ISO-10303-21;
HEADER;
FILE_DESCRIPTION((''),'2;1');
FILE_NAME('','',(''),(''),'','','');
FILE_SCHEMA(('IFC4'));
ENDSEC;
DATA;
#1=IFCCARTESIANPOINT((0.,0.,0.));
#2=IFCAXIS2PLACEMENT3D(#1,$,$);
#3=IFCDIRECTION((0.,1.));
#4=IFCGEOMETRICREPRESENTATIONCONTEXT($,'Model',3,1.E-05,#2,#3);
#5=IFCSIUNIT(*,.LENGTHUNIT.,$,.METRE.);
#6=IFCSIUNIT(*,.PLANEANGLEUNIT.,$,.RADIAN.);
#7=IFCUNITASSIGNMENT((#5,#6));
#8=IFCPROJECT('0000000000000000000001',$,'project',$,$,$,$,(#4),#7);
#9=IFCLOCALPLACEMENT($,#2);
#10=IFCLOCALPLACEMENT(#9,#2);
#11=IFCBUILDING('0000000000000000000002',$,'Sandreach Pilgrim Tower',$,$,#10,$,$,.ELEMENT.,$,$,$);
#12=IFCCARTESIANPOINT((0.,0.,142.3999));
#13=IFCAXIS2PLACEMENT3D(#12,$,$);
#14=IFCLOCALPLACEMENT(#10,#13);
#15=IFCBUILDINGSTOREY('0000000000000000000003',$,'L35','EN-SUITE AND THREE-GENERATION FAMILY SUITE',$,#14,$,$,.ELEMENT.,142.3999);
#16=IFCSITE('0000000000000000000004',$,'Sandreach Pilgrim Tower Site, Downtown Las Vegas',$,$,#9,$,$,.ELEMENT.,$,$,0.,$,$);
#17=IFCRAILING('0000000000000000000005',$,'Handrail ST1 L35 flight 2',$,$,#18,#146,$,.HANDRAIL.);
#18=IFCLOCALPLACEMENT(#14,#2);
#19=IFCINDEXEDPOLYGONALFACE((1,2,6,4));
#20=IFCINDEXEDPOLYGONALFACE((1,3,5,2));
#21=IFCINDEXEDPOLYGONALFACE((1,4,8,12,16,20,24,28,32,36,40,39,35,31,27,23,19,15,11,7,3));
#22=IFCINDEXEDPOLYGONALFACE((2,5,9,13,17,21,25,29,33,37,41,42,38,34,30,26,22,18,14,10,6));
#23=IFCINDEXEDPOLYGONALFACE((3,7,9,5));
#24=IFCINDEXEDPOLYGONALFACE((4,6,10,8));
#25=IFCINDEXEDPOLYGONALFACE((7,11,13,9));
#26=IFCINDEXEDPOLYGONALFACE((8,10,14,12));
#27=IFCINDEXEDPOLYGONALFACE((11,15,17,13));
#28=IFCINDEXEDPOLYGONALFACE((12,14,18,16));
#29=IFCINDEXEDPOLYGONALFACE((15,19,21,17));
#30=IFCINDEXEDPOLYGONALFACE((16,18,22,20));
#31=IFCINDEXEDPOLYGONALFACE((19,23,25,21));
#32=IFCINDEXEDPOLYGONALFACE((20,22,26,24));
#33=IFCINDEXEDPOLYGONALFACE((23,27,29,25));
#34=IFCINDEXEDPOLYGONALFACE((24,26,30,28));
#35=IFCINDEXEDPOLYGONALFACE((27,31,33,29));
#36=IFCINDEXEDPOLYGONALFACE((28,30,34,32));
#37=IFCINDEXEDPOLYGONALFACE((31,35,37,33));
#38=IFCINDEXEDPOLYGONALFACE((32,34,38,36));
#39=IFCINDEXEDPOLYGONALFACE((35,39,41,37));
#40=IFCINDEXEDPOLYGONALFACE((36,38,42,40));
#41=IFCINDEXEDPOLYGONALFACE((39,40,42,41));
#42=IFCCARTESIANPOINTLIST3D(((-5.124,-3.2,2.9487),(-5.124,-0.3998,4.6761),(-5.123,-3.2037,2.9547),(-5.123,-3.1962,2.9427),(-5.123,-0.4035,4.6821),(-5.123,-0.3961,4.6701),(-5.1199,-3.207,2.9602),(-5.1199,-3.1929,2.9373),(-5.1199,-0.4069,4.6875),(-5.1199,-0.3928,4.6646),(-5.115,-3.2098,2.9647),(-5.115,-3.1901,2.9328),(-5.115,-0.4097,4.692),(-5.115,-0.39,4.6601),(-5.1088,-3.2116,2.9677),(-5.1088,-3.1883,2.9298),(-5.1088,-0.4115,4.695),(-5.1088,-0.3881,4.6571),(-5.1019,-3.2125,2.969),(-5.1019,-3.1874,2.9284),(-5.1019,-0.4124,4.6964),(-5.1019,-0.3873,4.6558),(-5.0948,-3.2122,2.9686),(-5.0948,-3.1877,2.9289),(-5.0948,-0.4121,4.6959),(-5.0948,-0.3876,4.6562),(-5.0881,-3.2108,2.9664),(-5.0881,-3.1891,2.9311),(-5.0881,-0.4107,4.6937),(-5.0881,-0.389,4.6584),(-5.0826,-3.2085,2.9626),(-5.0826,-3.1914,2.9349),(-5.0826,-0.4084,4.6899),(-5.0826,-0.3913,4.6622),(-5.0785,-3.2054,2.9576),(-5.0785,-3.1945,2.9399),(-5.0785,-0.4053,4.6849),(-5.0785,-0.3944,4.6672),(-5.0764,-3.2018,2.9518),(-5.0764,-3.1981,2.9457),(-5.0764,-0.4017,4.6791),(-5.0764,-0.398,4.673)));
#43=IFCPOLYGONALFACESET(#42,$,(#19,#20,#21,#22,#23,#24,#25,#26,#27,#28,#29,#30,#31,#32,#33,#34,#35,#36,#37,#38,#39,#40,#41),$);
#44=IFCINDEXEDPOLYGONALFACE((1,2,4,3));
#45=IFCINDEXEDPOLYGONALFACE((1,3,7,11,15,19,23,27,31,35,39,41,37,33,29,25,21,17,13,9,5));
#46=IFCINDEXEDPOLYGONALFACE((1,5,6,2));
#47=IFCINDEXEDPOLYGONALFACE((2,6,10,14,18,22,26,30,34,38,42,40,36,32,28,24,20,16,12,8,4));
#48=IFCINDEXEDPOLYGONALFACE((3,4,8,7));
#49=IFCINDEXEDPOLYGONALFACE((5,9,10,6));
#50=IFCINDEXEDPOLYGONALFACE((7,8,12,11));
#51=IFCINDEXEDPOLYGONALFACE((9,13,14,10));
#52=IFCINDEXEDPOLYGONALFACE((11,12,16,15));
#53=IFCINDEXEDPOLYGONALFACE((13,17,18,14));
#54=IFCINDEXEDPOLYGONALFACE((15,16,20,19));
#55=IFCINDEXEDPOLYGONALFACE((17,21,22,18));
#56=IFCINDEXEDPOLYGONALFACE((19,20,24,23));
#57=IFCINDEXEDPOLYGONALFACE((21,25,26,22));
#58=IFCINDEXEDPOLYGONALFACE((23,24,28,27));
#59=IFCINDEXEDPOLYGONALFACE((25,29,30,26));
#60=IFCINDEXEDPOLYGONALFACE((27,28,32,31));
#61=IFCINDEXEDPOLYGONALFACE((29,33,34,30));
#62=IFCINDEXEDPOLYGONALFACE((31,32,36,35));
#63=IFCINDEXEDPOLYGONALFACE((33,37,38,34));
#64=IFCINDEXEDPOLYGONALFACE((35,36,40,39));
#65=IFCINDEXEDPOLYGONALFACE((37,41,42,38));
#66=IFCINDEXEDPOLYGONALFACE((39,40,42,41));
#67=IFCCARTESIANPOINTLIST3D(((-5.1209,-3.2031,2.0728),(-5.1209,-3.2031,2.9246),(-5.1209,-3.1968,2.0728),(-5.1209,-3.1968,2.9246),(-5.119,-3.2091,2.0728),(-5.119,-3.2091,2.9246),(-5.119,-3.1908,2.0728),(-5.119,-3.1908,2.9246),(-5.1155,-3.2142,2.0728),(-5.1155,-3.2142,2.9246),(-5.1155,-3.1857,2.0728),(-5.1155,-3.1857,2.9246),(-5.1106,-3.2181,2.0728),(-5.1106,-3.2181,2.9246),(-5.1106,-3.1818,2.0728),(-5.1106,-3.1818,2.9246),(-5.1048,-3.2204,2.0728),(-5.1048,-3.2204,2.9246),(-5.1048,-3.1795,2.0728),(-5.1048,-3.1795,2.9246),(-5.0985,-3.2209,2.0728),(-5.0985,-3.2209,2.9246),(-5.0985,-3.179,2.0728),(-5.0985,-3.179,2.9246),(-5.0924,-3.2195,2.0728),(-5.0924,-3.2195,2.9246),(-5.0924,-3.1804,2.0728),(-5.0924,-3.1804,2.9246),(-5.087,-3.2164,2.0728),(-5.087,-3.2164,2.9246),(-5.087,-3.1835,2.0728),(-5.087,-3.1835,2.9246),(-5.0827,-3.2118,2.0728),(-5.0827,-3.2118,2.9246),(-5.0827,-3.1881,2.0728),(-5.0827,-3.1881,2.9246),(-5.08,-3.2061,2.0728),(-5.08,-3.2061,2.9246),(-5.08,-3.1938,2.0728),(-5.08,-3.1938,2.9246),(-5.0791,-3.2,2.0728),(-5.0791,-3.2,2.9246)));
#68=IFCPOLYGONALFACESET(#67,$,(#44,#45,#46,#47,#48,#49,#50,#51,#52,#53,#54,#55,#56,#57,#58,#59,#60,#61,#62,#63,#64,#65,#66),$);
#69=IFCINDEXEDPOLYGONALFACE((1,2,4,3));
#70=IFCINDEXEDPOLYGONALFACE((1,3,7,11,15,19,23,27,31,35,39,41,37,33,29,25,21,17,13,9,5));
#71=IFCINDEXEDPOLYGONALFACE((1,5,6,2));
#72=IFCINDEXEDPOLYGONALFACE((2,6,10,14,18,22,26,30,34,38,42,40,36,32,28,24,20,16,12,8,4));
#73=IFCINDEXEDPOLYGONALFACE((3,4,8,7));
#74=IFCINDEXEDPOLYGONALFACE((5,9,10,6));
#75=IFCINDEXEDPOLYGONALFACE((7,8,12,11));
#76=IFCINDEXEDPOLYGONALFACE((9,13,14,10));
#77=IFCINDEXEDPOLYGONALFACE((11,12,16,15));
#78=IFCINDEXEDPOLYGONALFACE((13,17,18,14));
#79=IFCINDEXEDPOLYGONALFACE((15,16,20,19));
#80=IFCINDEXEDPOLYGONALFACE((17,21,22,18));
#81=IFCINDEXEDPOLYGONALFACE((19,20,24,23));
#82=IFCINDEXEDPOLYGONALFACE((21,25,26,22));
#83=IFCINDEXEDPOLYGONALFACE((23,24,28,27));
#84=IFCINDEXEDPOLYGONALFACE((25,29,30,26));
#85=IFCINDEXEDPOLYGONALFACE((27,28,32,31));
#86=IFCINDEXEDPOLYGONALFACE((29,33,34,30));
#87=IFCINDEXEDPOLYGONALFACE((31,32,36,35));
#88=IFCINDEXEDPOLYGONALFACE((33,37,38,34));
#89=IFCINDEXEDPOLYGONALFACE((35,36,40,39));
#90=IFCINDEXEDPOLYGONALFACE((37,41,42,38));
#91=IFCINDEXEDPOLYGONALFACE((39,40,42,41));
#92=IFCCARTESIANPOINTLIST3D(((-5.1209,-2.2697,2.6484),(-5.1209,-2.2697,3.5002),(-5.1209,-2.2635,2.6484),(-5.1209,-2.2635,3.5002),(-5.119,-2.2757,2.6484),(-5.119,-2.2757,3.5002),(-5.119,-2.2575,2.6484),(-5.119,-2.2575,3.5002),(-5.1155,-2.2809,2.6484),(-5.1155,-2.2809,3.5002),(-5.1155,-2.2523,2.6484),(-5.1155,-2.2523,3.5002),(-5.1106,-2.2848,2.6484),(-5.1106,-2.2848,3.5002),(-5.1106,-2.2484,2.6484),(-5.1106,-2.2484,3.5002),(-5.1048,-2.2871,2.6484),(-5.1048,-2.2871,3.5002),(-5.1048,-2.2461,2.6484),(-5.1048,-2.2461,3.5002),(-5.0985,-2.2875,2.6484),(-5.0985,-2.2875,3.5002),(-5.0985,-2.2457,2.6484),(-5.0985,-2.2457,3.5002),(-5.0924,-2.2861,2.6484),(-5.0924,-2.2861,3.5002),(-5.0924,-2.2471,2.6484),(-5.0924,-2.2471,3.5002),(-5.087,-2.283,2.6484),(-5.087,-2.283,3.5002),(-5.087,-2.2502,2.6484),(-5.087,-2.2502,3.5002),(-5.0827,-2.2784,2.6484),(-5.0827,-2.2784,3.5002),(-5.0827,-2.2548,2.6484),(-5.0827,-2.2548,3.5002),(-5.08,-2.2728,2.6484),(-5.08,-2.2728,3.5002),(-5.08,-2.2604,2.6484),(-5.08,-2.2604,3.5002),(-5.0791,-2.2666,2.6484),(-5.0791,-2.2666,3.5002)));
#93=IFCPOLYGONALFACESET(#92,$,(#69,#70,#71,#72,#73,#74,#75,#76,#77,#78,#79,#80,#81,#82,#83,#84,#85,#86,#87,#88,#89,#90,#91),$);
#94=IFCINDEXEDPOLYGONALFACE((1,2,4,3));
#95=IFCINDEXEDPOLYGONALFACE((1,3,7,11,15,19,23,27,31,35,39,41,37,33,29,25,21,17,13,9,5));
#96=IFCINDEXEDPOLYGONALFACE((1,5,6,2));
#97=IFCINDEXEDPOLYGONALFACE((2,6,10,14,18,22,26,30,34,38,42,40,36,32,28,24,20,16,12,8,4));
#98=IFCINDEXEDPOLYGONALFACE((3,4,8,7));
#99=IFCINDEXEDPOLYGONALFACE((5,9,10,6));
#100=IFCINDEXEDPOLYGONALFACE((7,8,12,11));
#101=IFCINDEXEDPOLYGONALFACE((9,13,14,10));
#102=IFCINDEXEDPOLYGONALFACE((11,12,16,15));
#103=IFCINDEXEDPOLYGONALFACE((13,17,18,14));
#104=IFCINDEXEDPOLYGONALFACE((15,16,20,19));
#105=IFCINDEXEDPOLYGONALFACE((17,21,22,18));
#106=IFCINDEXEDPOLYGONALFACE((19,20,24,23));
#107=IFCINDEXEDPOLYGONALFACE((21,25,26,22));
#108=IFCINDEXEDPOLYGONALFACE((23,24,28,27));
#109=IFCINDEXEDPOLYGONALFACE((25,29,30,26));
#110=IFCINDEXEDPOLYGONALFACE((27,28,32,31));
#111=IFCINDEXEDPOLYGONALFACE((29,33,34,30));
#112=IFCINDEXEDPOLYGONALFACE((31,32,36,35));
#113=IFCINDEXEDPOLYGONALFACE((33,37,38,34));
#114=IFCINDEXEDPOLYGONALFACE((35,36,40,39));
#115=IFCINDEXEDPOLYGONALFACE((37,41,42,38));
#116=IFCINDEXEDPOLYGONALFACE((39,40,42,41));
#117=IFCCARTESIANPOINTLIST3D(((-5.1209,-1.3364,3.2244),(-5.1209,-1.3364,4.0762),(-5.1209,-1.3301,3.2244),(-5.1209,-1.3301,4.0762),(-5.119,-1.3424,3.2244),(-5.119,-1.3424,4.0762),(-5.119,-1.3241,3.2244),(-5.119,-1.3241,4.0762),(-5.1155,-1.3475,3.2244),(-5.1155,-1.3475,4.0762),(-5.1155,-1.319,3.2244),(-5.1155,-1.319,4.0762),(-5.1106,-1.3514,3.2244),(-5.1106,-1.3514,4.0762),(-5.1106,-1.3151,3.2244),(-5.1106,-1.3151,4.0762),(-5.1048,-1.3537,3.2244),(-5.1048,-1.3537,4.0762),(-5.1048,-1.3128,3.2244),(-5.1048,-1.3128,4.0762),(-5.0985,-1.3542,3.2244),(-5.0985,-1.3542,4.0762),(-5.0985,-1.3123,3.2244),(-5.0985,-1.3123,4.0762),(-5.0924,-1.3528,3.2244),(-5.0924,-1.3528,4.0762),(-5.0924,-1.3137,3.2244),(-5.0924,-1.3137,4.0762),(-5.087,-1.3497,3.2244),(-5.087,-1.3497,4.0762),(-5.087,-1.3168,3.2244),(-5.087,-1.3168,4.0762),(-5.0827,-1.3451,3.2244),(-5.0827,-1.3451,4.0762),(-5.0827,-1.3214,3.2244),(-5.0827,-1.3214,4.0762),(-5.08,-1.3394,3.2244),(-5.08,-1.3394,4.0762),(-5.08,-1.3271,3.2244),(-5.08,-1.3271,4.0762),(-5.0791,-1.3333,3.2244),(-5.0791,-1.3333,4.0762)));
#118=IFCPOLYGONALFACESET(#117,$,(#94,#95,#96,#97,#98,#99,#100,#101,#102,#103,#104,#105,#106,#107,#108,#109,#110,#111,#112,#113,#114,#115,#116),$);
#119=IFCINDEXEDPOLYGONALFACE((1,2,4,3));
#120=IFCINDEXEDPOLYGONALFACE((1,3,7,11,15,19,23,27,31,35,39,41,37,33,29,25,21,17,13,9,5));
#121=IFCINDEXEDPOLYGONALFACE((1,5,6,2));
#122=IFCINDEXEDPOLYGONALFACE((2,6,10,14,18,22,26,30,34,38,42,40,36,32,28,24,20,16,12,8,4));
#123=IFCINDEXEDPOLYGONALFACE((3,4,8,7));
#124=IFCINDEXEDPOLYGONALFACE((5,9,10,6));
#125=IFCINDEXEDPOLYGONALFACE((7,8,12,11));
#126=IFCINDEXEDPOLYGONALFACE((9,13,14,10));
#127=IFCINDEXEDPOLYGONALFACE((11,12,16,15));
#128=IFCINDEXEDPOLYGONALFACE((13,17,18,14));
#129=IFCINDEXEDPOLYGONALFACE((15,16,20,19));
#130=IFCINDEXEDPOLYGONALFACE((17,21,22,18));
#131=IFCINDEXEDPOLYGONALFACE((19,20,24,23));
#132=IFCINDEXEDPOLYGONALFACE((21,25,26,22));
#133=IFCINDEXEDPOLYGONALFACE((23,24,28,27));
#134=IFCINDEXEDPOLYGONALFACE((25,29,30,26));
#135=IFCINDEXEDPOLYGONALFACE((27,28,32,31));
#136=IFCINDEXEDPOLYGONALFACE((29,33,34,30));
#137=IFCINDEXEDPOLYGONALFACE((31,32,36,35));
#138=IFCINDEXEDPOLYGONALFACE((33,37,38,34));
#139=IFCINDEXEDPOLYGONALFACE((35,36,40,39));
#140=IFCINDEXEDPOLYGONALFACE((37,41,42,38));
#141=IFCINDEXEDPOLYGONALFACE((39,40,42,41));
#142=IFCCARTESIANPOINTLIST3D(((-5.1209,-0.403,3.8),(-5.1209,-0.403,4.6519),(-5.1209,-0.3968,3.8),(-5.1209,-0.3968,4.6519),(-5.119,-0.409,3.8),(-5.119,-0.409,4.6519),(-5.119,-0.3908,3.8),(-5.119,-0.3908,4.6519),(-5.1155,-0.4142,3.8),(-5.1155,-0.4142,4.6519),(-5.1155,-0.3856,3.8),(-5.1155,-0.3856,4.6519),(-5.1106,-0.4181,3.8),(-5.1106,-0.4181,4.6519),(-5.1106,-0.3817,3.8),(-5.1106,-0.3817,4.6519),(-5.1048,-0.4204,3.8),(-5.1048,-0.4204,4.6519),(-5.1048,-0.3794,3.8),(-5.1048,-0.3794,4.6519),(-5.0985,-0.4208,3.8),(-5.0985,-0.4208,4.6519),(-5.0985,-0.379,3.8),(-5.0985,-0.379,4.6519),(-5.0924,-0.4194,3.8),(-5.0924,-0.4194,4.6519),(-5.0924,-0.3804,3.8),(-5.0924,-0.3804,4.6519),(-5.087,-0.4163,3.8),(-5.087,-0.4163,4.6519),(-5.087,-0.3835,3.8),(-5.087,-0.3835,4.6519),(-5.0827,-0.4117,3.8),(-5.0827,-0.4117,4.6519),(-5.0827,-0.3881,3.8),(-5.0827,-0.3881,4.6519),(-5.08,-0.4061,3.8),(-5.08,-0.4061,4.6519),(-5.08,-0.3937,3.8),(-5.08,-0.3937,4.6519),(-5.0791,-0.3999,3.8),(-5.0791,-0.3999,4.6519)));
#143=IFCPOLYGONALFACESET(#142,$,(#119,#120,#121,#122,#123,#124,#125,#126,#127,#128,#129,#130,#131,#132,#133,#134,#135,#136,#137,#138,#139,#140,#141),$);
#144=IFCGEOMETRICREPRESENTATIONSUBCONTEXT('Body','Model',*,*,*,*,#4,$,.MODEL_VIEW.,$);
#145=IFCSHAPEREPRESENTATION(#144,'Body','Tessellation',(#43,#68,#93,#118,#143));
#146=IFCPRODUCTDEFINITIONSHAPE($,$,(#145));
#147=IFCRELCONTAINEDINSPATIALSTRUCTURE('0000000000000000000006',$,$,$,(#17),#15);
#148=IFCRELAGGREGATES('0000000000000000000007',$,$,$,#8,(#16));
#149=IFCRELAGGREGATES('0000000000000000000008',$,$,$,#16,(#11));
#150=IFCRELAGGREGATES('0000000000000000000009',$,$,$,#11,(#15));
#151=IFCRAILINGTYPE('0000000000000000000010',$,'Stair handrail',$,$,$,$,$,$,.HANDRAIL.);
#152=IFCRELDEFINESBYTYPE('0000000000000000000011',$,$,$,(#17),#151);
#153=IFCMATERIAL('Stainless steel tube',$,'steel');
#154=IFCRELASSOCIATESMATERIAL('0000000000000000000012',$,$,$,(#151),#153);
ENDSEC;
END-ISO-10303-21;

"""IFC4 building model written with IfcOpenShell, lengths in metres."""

from ifc_helpers import new_model, si_unit, direction, frame, origin, origin_2d, place, context, subcontext, project, spatial, circle, extrude, material, type_object, element, save


model = new_model("IFC4")

# Units and contexts
model_context = context("Model", 3, precision=1e-05, world=origin(), true_north=direction((0.0, 1.0)))
body_context = subcontext(model_context, "Body", "Model", "MODEL_VIEW")
ifc_project = project(units=[si_unit("LENGTHUNIT", "METRE"), si_unit("PLANEANGLEUNIT", "RADIAN")], contexts=[model_context])

# Site, building, storey
site_placement = place(None, origin())
site = spatial("IfcSite", under=ifc_project, at=site_placement, Name="Sandreach Pilgrim Tower Site, Downtown Las Vegas", CompositionType="ELEMENT", RefElevation=0.0)
building_placement = place(site_placement, origin())
building = spatial("IfcBuilding", under=site, at=building_placement, Name="Sandreach Pilgrim Tower", CompositionType="ELEMENT")
storey_placement = place(building_placement, frame((0.0, 0.0, 142.3999)))
storey = spatial("IfcBuildingStorey", under=building, at=storey_placement, Name="L35", Description="EN-SUITE AND THREE-GENERATION FAMILY SUITE", CompositionType="ELEMENT", Elevation=142.3999)

# Railing
ifc_material_1 = material(Name="Stainless steel tube", Category="steel")
railing_type = type_object("IfcRailingType", Name="Stair handrail", PredefinedType="HANDRAIL", material=ifc_material_1)
for number, where, name in (
    (1, (-5.1001, -3.2, 2.0728), "Handrail ST1 L35 flight 2"),
):
    element("IfcRailing", number, at=place(storey_placement, frame(where)), inside=storey, type_object=railing_type, Name=name, PredefinedType="HANDRAIL", context=body_context, shape_type="SweptSolid", body=[
        extrude(circle(Radius=0.0239, at=origin_2d()), frame((0.0, 0.0, 0.876), z_axis=(0.0, 0.85109, 0.52502), x_axis=(-1.0, 0.0, 0.0)), (0.0, 0.0, 1.0), 3.29),
        extrude(circle(Radius=0.021, at=origin_2d()), origin(), (0.0, 0.0, 1.0), 0.8518),
        extrude(circle(Radius=0.021, at=origin_2d()), frame((0.0, 0.9333, 0.5757)), (0.0, 0.0, 1.0), 0.8518),
        extrude(circle(Radius=0.021, at=origin_2d()), frame((0.0, 1.8667, 1.1516)), (0.0, 0.0, 1.0), 0.8518),
        extrude(circle(Radius=0.021, at=origin_2d()), frame((0.0, 2.8, 1.7273)), (0.0, 0.0, 1.0), 0.8518),
    ])

save(model, "model.ifc")
